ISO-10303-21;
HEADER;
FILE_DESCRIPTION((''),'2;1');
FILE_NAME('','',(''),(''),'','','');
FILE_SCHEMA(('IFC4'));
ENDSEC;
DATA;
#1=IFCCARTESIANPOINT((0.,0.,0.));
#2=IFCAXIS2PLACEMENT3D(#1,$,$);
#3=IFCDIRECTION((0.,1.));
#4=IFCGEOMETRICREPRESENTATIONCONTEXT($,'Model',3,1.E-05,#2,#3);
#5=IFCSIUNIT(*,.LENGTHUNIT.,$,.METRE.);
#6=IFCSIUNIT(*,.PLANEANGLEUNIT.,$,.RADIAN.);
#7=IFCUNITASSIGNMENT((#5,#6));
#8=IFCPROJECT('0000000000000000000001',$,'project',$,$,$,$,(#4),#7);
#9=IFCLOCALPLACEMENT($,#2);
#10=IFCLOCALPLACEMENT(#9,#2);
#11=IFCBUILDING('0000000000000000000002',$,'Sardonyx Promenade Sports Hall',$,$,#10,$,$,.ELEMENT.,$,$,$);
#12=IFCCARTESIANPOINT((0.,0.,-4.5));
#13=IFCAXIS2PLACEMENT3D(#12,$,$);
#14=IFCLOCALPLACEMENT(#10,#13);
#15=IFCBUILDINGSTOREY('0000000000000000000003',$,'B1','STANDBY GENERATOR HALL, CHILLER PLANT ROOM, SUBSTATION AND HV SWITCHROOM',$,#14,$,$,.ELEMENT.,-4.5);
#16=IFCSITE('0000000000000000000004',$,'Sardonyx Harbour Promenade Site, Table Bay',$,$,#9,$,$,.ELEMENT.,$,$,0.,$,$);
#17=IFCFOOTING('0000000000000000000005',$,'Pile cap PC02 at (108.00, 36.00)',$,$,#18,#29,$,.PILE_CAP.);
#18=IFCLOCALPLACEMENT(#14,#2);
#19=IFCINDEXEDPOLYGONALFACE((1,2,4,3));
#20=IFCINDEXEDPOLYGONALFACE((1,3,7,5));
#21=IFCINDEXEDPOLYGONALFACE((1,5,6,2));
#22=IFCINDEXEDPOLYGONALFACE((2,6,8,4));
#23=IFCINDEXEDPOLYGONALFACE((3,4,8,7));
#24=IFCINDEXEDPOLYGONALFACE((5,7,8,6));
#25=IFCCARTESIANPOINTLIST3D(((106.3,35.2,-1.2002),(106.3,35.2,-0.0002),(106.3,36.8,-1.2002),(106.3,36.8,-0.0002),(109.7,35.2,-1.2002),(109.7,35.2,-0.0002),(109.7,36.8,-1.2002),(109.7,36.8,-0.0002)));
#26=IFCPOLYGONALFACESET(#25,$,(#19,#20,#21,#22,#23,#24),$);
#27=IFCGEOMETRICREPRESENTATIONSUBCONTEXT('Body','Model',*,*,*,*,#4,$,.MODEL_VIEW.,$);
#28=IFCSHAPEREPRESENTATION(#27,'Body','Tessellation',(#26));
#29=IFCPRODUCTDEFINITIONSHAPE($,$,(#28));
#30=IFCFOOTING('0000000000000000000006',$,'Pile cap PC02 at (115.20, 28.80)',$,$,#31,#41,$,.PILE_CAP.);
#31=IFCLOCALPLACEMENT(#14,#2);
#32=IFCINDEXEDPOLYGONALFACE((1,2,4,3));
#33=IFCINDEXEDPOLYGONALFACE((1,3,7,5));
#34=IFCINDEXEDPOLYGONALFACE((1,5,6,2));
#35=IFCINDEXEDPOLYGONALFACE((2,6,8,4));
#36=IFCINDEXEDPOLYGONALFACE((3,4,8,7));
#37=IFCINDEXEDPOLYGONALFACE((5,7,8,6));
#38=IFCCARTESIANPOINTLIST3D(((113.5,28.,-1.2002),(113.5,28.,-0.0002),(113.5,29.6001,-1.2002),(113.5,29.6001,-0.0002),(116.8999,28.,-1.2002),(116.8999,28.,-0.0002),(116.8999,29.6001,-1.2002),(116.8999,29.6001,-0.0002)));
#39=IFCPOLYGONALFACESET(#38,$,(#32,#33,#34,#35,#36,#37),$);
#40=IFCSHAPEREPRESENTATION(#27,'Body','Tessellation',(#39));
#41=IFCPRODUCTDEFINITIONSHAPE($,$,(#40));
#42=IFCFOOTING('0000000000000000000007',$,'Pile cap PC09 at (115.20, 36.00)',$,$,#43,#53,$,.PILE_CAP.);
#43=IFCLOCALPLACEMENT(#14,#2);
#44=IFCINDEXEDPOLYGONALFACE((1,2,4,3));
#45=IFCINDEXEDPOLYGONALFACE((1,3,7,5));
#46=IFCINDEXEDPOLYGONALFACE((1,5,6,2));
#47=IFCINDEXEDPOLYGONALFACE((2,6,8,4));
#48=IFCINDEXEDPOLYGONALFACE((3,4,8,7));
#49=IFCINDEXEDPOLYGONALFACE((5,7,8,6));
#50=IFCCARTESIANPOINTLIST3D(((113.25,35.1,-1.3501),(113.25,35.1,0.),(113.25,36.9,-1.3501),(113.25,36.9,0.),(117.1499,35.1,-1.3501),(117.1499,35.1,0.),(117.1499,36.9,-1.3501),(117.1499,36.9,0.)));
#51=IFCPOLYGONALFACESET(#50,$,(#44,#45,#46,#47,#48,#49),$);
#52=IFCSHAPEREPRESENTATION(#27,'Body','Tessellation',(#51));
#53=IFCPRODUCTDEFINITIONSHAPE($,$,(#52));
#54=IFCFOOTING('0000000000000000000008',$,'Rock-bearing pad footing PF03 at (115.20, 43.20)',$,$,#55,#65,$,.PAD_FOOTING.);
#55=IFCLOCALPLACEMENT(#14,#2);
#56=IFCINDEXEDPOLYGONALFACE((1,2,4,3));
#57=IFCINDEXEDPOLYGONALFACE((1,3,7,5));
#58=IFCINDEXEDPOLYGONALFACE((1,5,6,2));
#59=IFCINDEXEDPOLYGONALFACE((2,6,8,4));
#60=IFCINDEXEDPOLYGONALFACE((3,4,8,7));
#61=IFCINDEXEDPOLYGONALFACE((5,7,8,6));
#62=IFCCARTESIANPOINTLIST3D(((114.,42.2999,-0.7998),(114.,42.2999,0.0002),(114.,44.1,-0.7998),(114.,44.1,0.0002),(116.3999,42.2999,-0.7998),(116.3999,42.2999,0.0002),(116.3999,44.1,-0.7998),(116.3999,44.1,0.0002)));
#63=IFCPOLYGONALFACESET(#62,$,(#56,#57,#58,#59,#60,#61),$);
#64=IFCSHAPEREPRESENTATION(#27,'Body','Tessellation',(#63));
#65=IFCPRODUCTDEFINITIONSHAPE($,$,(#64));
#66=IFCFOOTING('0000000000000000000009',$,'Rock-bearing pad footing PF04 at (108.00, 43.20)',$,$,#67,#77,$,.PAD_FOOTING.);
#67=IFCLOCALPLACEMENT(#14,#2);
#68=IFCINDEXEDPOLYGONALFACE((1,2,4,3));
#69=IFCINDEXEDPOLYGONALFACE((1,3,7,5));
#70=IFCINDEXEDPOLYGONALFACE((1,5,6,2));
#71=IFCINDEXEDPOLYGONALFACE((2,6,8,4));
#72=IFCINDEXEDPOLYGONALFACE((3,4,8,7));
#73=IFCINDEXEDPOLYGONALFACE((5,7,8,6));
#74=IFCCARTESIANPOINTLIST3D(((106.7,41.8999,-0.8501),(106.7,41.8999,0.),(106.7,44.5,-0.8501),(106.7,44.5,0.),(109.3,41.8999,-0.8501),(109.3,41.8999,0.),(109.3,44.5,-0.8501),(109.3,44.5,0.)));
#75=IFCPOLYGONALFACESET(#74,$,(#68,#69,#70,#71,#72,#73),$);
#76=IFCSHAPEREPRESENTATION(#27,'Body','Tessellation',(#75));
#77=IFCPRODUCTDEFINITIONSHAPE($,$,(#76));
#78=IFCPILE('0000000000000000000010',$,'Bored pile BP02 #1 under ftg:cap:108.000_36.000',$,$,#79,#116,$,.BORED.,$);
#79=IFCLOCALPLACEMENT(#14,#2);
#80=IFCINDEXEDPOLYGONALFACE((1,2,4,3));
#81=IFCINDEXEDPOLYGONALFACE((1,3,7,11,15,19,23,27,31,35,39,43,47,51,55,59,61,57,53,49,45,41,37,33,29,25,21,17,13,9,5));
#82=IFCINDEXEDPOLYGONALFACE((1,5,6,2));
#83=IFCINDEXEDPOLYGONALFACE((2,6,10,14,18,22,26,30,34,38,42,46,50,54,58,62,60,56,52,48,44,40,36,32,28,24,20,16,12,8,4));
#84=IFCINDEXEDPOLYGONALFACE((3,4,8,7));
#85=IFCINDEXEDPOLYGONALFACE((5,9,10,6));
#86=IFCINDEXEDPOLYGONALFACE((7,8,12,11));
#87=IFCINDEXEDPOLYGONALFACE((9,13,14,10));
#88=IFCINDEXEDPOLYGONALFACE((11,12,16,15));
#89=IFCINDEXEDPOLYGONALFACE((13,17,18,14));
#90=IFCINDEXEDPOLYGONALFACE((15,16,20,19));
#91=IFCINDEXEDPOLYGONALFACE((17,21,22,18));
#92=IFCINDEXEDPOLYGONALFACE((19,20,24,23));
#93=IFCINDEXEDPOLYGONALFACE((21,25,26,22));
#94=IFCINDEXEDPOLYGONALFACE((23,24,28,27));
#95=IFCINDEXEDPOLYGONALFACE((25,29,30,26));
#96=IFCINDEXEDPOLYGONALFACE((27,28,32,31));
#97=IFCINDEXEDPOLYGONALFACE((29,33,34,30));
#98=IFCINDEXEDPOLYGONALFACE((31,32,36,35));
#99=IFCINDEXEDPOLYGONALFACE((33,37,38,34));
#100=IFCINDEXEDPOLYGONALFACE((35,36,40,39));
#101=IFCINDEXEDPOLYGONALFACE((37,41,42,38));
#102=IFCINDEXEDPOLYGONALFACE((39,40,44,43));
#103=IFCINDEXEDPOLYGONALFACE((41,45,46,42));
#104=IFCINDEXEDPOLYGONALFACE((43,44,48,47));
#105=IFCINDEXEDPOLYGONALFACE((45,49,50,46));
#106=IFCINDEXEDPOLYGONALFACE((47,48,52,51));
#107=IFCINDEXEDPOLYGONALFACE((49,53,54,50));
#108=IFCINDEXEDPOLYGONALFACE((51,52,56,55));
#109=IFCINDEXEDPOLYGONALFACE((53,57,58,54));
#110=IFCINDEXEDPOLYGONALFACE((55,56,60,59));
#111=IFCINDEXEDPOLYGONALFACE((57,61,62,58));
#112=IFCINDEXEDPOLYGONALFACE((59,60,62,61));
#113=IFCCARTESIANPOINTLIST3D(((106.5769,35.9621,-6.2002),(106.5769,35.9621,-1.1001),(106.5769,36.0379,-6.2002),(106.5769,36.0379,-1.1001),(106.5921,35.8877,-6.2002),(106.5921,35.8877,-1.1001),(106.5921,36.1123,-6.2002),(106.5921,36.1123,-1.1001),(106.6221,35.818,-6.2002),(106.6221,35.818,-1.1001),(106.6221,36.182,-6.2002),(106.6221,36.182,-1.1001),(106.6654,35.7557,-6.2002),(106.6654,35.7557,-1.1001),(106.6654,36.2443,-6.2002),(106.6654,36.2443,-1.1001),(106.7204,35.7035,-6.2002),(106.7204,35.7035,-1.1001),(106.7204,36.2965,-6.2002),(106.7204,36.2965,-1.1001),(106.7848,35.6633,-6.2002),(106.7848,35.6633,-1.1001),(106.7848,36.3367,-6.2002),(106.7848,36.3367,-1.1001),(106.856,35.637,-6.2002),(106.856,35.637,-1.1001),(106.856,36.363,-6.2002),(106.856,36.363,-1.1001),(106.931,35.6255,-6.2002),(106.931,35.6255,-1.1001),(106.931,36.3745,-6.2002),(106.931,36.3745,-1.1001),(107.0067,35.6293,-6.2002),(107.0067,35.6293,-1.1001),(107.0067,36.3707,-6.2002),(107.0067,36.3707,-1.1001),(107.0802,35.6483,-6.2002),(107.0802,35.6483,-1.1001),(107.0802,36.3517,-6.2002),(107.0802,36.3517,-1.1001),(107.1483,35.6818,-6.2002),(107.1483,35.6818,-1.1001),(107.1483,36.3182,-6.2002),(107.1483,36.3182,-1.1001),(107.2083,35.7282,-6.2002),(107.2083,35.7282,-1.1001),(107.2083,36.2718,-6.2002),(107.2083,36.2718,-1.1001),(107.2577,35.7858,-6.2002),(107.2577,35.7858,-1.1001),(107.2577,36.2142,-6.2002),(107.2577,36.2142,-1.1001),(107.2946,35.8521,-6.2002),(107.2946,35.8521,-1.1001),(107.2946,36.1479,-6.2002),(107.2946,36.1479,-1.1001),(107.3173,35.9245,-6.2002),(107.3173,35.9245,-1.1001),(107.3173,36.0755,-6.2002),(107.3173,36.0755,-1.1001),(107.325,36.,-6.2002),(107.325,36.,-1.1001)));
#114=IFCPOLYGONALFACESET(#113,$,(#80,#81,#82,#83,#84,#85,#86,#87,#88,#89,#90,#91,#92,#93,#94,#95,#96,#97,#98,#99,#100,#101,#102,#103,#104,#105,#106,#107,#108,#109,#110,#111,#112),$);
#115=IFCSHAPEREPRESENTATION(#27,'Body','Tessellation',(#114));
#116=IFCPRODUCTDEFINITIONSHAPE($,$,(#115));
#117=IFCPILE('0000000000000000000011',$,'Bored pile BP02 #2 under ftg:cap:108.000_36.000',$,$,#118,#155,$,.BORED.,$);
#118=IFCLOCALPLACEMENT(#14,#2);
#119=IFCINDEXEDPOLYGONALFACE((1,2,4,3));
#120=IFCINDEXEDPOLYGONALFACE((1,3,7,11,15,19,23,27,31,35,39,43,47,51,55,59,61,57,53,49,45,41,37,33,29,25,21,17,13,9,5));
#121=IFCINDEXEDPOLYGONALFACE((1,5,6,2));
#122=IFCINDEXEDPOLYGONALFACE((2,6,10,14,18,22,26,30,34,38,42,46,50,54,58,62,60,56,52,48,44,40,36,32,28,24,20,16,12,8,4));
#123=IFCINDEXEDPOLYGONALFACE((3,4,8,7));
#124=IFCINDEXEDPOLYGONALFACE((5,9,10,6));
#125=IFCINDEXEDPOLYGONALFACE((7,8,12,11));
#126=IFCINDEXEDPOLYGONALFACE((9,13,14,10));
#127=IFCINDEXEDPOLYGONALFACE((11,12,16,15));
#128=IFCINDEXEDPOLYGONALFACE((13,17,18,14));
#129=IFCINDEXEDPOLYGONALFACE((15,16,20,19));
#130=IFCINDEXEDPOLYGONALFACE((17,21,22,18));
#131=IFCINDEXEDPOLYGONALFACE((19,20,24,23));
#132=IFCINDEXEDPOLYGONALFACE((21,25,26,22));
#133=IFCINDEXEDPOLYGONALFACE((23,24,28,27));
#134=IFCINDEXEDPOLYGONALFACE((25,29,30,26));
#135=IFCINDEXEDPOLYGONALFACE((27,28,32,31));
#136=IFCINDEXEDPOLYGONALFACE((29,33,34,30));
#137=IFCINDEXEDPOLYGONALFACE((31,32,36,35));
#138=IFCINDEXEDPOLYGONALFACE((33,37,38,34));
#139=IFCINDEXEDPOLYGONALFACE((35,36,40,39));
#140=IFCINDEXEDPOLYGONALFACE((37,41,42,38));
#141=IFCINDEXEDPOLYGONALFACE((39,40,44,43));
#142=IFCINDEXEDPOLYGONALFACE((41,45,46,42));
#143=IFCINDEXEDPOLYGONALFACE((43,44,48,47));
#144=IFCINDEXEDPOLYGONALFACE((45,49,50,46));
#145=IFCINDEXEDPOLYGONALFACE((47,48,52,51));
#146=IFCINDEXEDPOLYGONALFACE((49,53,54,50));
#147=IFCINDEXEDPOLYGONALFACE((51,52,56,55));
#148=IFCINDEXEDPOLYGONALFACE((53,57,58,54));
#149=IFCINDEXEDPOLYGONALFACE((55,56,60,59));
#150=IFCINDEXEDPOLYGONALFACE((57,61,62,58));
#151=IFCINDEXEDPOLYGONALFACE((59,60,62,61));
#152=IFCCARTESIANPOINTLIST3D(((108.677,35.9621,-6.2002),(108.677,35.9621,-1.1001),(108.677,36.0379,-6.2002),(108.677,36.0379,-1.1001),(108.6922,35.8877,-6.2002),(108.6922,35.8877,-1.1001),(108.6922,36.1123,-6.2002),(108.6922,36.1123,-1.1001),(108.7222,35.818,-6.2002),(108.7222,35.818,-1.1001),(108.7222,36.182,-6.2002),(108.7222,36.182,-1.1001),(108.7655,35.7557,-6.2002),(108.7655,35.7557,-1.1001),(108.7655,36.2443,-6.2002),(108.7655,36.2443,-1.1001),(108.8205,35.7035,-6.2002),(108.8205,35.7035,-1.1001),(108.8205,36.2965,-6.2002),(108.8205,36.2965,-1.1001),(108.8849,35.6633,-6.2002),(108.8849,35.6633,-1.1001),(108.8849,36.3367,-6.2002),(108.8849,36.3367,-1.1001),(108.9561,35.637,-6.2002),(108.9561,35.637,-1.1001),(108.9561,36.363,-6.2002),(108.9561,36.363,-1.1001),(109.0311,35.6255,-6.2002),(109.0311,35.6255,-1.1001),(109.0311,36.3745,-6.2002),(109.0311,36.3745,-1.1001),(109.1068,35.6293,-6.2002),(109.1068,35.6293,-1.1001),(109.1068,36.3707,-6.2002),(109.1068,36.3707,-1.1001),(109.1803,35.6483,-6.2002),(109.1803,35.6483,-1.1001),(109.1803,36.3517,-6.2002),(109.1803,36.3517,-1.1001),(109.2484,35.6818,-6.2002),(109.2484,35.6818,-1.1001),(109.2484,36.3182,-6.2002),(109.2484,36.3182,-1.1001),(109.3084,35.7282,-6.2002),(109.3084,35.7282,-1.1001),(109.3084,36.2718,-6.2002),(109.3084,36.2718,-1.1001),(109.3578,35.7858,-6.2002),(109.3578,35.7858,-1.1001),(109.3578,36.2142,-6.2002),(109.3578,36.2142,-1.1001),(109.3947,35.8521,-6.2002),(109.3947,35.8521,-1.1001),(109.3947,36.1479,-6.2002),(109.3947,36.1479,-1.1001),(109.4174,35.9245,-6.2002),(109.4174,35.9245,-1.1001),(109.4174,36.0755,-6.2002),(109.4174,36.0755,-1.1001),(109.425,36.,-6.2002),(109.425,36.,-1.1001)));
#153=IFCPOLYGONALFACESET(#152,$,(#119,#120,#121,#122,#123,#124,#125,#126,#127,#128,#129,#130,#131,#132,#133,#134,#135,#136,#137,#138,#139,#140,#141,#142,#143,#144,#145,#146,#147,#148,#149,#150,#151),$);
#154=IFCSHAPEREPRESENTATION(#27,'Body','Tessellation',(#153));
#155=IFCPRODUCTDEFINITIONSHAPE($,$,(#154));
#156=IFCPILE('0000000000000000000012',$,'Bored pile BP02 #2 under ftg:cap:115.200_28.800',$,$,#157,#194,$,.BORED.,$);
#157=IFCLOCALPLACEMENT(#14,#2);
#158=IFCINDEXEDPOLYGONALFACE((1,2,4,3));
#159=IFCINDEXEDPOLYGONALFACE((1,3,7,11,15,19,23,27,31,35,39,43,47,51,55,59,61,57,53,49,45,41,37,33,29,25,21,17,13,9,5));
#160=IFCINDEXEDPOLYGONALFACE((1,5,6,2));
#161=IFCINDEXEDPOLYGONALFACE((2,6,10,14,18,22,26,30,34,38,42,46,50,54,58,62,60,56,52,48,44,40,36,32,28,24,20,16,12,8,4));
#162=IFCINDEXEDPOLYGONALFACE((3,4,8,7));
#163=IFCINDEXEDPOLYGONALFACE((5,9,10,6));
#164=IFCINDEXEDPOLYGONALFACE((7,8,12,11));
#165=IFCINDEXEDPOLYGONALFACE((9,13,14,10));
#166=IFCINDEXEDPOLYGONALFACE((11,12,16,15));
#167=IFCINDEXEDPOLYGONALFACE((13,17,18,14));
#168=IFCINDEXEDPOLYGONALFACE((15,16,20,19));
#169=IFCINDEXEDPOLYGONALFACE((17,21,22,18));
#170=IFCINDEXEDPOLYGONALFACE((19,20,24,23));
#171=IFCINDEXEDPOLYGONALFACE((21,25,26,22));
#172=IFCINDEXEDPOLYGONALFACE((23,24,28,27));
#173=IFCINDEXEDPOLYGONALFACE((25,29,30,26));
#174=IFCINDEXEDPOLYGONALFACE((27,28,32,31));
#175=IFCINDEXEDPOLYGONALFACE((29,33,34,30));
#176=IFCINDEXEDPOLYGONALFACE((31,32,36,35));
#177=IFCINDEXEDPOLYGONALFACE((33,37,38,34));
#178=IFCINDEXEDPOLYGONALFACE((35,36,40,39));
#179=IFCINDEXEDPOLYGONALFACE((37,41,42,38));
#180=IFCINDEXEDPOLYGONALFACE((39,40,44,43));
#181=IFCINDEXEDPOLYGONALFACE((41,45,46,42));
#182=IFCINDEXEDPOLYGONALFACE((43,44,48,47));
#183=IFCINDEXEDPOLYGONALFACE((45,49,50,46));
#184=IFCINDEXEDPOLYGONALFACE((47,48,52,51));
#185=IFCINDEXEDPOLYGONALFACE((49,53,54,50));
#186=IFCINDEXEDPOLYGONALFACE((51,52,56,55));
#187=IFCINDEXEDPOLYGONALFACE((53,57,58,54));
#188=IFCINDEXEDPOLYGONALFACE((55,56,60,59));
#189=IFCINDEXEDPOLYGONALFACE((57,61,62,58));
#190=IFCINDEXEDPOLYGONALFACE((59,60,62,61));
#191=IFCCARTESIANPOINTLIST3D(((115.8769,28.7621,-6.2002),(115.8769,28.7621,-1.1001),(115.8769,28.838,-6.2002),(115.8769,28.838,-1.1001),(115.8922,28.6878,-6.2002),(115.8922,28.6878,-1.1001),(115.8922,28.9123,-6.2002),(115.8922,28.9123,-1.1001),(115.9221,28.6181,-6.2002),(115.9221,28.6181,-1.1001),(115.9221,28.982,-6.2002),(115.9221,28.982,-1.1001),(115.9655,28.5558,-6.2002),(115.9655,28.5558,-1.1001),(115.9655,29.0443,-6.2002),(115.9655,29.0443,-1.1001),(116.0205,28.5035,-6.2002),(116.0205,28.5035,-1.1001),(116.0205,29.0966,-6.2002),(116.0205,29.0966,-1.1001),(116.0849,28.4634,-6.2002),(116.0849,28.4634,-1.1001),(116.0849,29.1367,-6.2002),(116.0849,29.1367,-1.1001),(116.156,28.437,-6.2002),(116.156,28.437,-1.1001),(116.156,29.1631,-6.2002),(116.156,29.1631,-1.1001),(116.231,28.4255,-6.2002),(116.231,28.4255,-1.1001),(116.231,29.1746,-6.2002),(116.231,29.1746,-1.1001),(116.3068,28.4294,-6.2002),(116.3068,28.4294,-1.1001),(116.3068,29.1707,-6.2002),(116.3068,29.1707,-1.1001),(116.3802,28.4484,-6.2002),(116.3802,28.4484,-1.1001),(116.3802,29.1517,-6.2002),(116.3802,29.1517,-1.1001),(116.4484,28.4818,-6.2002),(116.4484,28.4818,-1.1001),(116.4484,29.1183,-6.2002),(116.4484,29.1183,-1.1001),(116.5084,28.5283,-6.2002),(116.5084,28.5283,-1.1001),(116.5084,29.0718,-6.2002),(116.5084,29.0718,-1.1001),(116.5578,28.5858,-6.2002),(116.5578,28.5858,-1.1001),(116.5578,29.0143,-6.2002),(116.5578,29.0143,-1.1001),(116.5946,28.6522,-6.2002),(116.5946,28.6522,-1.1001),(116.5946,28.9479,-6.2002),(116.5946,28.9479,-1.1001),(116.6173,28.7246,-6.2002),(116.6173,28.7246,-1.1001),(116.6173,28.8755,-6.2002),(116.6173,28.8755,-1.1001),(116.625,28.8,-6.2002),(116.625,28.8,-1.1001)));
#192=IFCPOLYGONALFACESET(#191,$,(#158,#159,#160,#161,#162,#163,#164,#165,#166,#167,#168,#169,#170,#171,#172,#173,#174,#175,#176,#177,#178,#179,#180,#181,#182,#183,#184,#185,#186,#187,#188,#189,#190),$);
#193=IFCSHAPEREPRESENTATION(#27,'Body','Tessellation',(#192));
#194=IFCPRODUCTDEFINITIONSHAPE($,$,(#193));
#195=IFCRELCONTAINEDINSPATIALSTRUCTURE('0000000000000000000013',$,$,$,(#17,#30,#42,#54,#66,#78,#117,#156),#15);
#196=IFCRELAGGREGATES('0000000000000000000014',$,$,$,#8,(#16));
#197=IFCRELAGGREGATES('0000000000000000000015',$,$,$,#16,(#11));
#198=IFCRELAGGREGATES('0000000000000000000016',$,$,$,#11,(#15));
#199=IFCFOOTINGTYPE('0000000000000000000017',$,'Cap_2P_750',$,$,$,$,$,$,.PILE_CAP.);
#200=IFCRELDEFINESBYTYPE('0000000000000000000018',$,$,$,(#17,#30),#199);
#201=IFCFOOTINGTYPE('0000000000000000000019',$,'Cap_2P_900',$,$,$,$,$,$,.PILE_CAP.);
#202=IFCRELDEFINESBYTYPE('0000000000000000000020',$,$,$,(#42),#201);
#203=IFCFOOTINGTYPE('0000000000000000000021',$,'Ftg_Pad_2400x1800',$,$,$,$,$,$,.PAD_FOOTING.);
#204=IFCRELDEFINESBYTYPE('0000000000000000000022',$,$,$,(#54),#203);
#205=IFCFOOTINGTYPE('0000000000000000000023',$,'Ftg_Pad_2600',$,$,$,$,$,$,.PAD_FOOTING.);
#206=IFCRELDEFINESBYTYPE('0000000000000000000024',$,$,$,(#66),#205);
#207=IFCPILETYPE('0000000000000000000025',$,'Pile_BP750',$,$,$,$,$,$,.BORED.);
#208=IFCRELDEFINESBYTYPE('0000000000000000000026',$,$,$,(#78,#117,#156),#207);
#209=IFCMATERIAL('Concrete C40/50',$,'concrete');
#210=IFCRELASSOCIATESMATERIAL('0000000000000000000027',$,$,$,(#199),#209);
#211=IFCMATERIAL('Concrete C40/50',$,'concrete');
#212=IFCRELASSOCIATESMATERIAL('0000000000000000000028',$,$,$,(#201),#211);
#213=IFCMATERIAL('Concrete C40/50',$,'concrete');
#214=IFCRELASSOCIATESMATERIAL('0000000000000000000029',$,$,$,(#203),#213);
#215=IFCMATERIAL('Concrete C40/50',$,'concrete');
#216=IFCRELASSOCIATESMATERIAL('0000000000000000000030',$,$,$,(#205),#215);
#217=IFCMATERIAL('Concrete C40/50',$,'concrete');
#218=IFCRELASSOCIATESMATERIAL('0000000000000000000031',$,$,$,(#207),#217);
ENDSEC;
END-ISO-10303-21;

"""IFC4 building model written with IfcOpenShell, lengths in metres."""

from ifc_helpers import new_model, si_unit, direction, frame, origin, origin_2d, place, context, subcontext, project, spatial, rectangle, circle, extrude, material, material_profile, profile_set, type_object, element, save


model = new_model("IFC4")

# Units and contexts
model_context = context("Model", 3, precision=1e-05, world=origin(), true_north=direction((0.0, 1.0)))
body_context = subcontext(model_context, "Body", "Model", "MODEL_VIEW")
ifc_project = project(units=[si_unit("LENGTHUNIT", "METRE"), si_unit("PLANEANGLEUNIT", "RADIAN")], contexts=[model_context])

# Site, building, storey
site_placement = place(None, origin())
site = spatial("IfcSite", under=ifc_project, at=site_placement, Name="Sardonyx Harbour Promenade Site, Table Bay", CompositionType="ELEMENT", RefElevation=0.0)
building_placement = place(site_placement, origin())
building = spatial("IfcBuilding", under=site, at=building_placement, Name="Sardonyx Promenade Sports Hall", CompositionType="ELEMENT")
storey_placement = place(building_placement, frame((0.0, 0.0, -4.5)))
storey = spatial("IfcBuildingStorey", under=building, at=storey_placement, Name="B1", Description="STANDBY GENERATOR HALL, CHILLER PLANT ROOM, SUBSTATION AND HV SWITCHROOM", CompositionType="ELEMENT", Elevation=-4.5)

# Footings
ifc_material_1 = material(Name="Concrete C40/50", Category="concrete")
footing_type_1 = type_object("IfcFootingType", Name="Cap_2P_750", PredefinedType="PILE_CAP", material=ifc_material_1)
for number, where, z_axis, x_axis, name in (
    (1, (108.0, 36.0, -1.2002), (0.0, 0.0, 1.0), (1.0, 0.0, 0.0), "Pile cap PC02 at (108.00, 36.00)"),
    (2, (115.2, 28.8, -1.2002), (0.0, 0.0, 1.0), (1.0, 0.0, 0.0), "Pile cap PC02 at (115.20, 28.80)"),
):
    element("IfcFooting", number, at=place(storey_placement, frame(where, z_axis=z_axis, x_axis=x_axis)), inside=storey, type_object=footing_type_1, Name=name, PredefinedType="PILE_CAP", context=body_context, shape_type="SweptSolid", body=[
        extrude(rectangle(XDim=3.3999, YDim=1.6001, at=origin_2d()), origin(), (0.0, 0.0, 1.0), 1.2),
    ])
ifc_material_2 = material(Name="Concrete C40/50", Category="concrete")
footing_type_2 = type_object("IfcFootingType", Name="Cap_2P_900", PredefinedType="PILE_CAP", material=ifc_material_2)
footing_1_placement = place(storey_placement, frame((115.2, 36.0, -1.3501), z_axis=(0.0, 0.0, 1.0), x_axis=(1.0, 0.0, 0.0)))
element("IfcFooting", 3, at=footing_1_placement, inside=storey, type_object=footing_type_2, Name="Pile cap PC09 at (115.20, 36.00)", PredefinedType="PILE_CAP", context=body_context, shape_type="SweptSolid", body=[
    extrude(rectangle(XDim=3.8999, YDim=1.8, at=origin_2d()), origin(), (0.0, 0.0, 1.0), 1.3501),
])
ifc_material_3 = material(Name="Concrete C40/50", Category="concrete")
footing_type_3 = type_object("IfcFootingType", Name="Ftg_Pad_2400x1800", PredefinedType="PAD_FOOTING", material=ifc_material_3)
footing_2_placement = place(storey_placement, frame((115.2, 43.2, -0.7998), z_axis=(0.0, 0.0, 1.0), x_axis=(1.0, 0.0, 0.0)))
element("IfcFooting", 4, at=footing_2_placement, inside=storey, type_object=footing_type_3, Name="Rock-bearing pad footing PF03 at (115.20, 43.20)", PredefinedType="PAD_FOOTING", context=body_context, shape_type="SweptSolid", body=[
    extrude(rectangle(XDim=2.3999, YDim=1.8, at=origin_2d()), origin(), (0.0, 0.0, 1.0), 0.8),
])
ifc_material_4 = material(Name="Concrete C40/50", Category="concrete")
footing_type_4 = type_object("IfcFootingType", Name="Ftg_Pad_2600", PredefinedType="PAD_FOOTING", material=ifc_material_4)
footing_3_placement = place(storey_placement, frame((108.0, 43.2, -0.8501), z_axis=(0.0, 0.0, 1.0), x_axis=(1.0, 0.0, 0.0)))
element("IfcFooting", 5, at=footing_3_placement, inside=storey, type_object=footing_type_4, Name="Rock-bearing pad footing PF04 at (108.00, 43.20)", PredefinedType="PAD_FOOTING", context=body_context, shape_type="SweptSolid", body=[
    extrude(rectangle(XDim=2.6001, YDim=2.6001, at=origin_2d()), origin(), (0.0, 0.0, 1.0), 0.8501),
])

# Piles
ifc_material_5 = material(Name="Concrete C40/50", Category="concrete")
ifc_material_profile_1 = material_profile(ifc_material_5, circle(Radius=0.375, at=origin_2d()))
ifc_profile_set_1 = profile_set([ifc_material_profile_1], Name="Concrete C40/50")
pile_type_1 = type_object("IfcPileType", Name="Pile_BP750", PredefinedType="BORED", material=ifc_profile_set_1)
for number, where, z_axis, x_axis, name in (
    (6, (106.95, 36.0, -1.1001), (0.0, 0.0, -1.0), (1.0, 0.0, 0.0), "Bored pile BP02 #1 under ftg:cap:108.000_36.000"),
    (7, (109.05, 36.0, -1.1001), (0.0, 0.0, -1.0), (1.0, 0.0, 0.0), "Bored pile BP02 #2 under ftg:cap:108.000_36.000"),
    (8, (116.25, 28.8, -1.1001), (0.0, 0.0, -1.0), (1.0, 0.0, 0.0), "Bored pile BP02 #2 under ftg:cap:115.200_28.800"),
):
    element("IfcPile", number, at=place(storey_placement, frame(where, z_axis=z_axis, x_axis=x_axis)), inside=storey, type_object=pile_type_1, Name=name, PredefinedType="BORED", context=body_context, shape_type="SweptSolid", body=[
        extrude(circle(Radius=0.375, at=origin_2d()), origin(), (0.0, 0.0, 1.0), 5.1001),
    ])

save(model, "model.ifc")
